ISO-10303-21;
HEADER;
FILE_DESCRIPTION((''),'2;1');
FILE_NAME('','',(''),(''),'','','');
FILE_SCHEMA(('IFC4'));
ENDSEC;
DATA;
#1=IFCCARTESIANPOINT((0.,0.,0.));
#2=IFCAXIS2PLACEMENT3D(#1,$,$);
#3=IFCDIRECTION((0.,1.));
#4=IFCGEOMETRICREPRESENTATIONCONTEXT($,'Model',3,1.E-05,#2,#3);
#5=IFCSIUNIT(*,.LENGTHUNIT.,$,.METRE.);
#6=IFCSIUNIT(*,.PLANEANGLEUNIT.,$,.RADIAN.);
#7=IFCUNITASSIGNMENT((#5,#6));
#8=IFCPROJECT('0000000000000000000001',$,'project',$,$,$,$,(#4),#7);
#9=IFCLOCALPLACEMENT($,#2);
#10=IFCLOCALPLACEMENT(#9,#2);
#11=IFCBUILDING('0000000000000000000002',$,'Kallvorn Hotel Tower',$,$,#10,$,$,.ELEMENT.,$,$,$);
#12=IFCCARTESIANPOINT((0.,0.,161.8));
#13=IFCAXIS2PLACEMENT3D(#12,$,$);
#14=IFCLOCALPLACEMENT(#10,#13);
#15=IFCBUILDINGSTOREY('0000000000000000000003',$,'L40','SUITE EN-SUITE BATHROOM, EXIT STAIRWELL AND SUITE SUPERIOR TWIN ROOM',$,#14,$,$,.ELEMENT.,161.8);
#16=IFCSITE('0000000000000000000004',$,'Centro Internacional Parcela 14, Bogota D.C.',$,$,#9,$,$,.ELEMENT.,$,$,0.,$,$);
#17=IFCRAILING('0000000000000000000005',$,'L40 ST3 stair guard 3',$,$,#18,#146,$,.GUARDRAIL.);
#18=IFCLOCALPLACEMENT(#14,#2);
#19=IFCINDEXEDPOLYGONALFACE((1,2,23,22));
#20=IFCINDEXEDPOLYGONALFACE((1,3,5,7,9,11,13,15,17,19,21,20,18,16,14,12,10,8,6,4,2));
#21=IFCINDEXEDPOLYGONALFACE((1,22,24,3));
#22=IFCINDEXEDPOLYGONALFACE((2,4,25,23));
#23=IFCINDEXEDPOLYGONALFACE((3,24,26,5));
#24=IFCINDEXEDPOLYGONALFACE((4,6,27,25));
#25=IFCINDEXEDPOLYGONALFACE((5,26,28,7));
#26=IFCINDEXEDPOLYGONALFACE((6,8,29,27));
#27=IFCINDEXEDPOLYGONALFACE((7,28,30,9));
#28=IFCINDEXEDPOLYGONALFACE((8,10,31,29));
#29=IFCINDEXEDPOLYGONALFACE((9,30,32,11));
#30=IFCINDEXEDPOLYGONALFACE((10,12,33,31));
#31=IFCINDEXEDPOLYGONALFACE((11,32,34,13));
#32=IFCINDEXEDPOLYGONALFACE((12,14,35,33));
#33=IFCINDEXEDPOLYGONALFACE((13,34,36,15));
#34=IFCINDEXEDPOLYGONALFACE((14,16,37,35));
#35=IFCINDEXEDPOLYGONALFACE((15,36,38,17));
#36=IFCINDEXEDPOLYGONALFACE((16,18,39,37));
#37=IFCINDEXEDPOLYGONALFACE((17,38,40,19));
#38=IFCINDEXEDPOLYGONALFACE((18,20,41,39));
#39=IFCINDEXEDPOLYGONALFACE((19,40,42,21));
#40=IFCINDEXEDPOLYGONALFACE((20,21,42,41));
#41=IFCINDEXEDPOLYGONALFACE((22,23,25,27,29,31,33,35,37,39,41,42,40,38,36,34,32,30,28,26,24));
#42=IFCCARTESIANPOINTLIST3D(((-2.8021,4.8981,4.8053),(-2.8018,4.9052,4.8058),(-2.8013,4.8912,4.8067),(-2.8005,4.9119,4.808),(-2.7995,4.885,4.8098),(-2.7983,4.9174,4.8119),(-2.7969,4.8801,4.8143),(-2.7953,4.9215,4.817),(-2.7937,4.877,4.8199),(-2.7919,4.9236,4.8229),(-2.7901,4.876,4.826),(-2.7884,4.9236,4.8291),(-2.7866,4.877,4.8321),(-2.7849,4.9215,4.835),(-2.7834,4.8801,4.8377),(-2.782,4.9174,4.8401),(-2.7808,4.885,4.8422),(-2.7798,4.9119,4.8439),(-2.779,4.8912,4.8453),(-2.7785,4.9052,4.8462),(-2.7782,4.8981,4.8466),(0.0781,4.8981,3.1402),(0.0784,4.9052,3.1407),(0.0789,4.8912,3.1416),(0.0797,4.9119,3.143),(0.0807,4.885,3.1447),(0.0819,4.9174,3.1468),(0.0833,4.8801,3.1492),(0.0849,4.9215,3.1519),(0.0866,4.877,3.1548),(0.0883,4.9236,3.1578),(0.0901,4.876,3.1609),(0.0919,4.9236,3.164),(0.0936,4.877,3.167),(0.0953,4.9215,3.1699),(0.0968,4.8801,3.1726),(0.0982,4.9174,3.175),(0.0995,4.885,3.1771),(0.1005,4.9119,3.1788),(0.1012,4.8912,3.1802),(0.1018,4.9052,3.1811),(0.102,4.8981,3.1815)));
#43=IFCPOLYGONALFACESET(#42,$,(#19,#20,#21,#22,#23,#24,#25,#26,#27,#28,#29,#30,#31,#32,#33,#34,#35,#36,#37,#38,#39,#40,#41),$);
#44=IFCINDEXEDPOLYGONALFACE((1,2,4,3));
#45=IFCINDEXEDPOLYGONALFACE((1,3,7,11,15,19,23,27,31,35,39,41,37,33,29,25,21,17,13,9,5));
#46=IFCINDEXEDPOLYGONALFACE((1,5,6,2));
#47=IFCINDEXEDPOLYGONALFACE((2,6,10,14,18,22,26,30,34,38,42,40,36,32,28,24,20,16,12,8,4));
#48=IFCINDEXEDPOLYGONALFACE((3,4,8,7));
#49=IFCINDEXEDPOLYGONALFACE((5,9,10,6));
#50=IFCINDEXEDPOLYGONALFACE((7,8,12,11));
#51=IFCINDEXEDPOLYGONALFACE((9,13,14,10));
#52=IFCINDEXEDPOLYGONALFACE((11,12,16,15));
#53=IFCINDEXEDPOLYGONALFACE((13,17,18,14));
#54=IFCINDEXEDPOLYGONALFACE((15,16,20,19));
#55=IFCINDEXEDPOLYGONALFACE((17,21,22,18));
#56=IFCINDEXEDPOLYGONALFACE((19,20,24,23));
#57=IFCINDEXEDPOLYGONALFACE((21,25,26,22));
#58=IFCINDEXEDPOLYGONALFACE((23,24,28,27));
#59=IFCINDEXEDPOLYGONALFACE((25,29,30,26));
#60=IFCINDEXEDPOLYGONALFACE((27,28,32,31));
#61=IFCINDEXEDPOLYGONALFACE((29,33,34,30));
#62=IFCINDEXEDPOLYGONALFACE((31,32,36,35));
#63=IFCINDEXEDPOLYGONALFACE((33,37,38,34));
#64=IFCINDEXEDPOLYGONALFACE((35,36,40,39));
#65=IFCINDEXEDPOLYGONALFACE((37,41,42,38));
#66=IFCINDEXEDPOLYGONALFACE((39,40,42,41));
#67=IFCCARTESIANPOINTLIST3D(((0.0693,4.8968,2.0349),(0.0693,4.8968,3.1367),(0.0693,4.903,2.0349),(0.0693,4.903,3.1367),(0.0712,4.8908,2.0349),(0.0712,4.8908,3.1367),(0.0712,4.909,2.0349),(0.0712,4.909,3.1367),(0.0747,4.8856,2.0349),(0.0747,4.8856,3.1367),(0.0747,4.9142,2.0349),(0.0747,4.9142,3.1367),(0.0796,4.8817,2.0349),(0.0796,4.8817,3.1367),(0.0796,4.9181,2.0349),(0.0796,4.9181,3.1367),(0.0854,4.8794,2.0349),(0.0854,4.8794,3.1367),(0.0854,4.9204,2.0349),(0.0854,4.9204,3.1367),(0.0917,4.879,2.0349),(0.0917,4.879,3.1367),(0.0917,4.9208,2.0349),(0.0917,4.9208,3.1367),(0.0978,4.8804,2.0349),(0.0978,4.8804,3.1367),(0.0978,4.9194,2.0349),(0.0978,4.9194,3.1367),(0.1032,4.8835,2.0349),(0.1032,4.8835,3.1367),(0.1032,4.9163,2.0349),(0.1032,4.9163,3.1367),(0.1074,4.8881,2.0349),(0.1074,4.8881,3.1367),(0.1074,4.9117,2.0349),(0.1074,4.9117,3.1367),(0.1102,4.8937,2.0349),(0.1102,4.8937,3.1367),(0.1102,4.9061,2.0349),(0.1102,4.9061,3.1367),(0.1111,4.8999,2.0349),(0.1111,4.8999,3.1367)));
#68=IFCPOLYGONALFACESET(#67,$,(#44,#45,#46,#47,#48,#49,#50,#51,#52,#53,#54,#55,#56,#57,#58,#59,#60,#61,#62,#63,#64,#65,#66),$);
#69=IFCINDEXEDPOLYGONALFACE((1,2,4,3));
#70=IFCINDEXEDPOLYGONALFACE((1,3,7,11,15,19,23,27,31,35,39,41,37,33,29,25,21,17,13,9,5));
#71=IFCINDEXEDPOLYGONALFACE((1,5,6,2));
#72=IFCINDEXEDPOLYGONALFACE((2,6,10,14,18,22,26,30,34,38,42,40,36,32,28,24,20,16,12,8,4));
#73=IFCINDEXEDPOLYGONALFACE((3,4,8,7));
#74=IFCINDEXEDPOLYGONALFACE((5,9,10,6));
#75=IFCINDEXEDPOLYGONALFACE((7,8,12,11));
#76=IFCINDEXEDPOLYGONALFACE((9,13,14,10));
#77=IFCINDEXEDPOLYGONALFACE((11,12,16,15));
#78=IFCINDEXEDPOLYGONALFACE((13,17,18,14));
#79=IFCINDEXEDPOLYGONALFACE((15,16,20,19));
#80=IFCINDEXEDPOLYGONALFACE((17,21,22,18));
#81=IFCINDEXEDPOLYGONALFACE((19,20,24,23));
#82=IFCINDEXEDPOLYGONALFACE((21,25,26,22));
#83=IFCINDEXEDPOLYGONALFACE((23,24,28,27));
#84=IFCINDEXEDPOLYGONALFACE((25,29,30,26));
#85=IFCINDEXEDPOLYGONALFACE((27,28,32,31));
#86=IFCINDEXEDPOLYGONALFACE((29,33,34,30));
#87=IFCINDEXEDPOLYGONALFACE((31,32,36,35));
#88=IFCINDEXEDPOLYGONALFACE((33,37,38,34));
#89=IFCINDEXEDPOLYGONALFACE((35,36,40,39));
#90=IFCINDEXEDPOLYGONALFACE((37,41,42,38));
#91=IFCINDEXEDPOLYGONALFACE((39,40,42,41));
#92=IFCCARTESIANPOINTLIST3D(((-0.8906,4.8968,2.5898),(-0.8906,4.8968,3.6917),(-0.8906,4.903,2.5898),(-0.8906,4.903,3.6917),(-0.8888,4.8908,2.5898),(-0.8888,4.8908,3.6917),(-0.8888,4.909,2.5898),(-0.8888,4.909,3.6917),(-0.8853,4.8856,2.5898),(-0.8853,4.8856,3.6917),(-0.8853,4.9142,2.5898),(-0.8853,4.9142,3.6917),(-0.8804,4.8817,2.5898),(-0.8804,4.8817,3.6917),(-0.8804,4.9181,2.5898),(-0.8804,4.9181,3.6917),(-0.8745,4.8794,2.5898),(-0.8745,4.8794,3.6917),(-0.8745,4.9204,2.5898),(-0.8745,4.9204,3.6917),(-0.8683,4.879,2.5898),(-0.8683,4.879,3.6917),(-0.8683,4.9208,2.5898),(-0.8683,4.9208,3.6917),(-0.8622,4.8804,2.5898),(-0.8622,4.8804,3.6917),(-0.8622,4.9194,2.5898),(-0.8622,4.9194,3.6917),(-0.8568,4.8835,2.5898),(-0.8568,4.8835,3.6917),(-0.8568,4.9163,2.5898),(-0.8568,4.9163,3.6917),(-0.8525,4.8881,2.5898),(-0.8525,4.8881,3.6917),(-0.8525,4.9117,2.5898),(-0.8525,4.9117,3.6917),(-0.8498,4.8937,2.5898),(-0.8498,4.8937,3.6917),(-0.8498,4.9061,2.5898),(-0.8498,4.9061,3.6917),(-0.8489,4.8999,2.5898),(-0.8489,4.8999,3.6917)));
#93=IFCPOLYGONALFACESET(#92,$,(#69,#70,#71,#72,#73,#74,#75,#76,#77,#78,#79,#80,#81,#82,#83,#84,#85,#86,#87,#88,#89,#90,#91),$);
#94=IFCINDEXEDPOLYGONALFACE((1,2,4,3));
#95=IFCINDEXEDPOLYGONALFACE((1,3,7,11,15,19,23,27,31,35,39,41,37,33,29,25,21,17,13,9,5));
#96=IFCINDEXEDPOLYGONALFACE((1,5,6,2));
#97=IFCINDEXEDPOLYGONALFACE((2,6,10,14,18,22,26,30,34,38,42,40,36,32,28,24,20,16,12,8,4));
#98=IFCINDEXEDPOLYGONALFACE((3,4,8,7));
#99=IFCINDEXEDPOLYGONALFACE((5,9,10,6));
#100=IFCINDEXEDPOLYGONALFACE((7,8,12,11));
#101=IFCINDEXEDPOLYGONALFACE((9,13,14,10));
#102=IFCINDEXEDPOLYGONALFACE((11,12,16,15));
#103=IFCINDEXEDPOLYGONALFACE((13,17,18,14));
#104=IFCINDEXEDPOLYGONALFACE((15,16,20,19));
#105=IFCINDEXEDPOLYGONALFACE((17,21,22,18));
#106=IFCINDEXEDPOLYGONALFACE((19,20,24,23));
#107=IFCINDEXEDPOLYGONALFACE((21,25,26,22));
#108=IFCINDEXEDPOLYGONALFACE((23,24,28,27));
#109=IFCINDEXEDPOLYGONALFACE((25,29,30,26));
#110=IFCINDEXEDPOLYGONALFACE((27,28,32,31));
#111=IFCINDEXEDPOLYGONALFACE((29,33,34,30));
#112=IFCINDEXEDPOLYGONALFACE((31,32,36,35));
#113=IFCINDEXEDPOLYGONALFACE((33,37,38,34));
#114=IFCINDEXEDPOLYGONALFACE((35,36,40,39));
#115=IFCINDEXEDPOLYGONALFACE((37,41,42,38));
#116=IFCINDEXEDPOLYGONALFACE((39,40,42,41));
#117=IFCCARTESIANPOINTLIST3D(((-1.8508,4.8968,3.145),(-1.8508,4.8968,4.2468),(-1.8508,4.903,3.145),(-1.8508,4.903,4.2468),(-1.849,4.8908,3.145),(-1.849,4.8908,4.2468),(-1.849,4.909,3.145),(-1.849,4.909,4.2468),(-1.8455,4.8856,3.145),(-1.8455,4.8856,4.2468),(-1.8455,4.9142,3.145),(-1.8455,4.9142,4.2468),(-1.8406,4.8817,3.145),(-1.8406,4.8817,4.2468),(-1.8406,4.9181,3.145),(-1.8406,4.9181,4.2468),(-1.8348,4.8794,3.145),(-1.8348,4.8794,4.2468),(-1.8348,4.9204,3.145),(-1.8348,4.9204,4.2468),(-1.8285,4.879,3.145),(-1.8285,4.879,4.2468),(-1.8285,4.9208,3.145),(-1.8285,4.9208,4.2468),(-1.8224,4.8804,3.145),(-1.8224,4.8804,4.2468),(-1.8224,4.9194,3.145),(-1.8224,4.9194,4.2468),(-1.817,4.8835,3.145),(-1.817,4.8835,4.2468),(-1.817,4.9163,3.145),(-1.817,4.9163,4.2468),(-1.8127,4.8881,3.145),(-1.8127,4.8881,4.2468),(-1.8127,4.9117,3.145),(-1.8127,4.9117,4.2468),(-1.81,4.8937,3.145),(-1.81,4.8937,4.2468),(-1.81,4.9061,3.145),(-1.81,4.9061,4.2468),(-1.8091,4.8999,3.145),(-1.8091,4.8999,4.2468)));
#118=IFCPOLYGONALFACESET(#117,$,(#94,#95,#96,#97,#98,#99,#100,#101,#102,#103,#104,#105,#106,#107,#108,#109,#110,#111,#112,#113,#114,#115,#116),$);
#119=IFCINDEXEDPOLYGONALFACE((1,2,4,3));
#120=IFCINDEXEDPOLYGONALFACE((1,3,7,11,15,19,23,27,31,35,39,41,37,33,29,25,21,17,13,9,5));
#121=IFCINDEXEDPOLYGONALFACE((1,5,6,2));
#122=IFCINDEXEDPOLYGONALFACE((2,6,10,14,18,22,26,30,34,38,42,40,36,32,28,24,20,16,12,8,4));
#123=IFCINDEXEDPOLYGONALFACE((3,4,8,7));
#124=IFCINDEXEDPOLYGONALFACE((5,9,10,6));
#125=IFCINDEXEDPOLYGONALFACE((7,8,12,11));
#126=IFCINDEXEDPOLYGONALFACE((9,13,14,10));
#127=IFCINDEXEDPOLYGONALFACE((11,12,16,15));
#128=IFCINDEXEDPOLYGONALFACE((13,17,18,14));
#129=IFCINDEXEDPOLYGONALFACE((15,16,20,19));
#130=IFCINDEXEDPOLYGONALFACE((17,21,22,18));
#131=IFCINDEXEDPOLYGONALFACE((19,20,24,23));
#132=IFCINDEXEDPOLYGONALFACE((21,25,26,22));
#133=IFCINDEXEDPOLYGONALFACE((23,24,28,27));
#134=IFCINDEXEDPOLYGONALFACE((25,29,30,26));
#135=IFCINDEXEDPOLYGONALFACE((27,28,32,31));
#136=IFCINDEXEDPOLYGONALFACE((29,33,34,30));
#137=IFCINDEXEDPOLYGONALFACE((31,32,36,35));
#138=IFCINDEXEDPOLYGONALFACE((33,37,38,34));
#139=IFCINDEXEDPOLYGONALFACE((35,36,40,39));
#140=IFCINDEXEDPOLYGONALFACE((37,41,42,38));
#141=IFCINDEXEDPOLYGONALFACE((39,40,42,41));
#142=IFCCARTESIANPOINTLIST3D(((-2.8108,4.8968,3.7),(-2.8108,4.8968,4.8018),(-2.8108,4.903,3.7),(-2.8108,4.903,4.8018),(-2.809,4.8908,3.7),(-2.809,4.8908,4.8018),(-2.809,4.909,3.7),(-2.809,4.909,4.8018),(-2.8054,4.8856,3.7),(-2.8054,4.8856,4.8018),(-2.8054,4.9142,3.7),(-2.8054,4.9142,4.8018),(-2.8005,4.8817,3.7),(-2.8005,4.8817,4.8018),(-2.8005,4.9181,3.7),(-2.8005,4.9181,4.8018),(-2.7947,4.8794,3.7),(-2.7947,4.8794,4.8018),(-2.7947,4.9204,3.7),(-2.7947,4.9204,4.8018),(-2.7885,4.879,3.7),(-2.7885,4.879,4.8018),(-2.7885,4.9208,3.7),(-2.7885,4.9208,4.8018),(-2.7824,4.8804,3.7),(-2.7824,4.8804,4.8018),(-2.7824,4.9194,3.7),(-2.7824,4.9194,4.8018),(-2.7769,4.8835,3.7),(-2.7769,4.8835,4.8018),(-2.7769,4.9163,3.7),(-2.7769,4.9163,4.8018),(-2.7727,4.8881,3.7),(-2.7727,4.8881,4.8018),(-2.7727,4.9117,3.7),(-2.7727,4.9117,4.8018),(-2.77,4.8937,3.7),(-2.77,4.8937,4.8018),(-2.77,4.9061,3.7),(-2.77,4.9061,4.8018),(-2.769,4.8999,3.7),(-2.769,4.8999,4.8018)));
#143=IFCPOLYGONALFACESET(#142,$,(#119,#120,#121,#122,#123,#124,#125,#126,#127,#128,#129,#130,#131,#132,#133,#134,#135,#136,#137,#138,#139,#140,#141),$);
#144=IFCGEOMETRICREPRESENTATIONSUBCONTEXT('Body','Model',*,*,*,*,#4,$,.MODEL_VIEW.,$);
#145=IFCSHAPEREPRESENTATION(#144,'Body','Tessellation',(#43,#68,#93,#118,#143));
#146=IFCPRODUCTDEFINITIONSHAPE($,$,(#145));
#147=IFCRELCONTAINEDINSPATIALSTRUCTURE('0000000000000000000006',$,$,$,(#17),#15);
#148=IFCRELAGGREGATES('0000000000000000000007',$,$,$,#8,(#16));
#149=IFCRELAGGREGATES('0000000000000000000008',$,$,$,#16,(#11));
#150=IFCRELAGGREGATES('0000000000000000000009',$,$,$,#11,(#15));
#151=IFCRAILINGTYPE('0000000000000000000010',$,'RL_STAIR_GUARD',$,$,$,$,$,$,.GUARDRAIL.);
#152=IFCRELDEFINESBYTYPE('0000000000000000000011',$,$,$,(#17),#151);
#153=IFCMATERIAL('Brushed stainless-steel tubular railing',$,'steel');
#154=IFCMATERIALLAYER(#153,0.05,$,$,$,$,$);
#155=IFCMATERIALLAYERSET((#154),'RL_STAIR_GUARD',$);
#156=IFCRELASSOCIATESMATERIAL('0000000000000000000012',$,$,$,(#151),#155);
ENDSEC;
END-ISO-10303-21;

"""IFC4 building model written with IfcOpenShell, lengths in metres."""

from ifc_helpers import new_model, si_unit, direction, frame, origin, origin_2d, place, context, subcontext, project, spatial, circle, extrude, material, layer, layer_set, type_object, element, save


model = new_model("IFC4")

# Units and contexts
model_context = context("Model", 3, precision=1e-05, world=origin(), true_north=direction((0.0, 1.0)))
body_context = subcontext(model_context, "Body", "Model", "MODEL_VIEW")
ifc_project = project(units=[si_unit("LENGTHUNIT", "METRE"), si_unit("PLANEANGLEUNIT", "RADIAN")], contexts=[model_context])

# Site, building, storey
site_placement = place(None, origin())
site = spatial("IfcSite", under=ifc_project, at=site_placement, Name="Centro Internacional Parcela 14, Bogota D.C.", CompositionType="ELEMENT", RefElevation=0.0)
building_placement = place(site_placement, origin())
building = spatial("IfcBuilding", under=site, at=building_placement, Name="Kallvorn Hotel Tower", CompositionType="ELEMENT")
storey_placement = place(building_placement, frame((0.0, 0.0, 161.8)))
storey = spatial("IfcBuildingStorey", under=building, at=storey_placement, Name="L40", Description="SUITE EN-SUITE BATHROOM, EXIT STAIRWELL AND SUITE SUPERIOR TWIN ROOM", CompositionType="ELEMENT", Elevation=161.8)

# Railing
ifc_material_1 = material(Name="Brushed stainless-steel tubular railing", Category="steel")
ifc_layer_1 = layer(ifc_material_1, 0.05)
ifc_layer_set_1 = layer_set([ifc_layer_1], Name="RL_STAIR_GUARD")
railing_type_1 = type_object("IfcRailingType", Name="RL_STAIR_GUARD", PredefinedType="GUARDRAIL", material=ifc_layer_set_1)
railing_1_placement = place(storey_placement, frame((0.0901, 4.8999, 2.0349)))
element("IfcRailing", 1, at=railing_1_placement, inside=storey, type_object=railing_type_1, Name="L40 ST3 stair guard 3", PredefinedType="GUARDRAIL", context=body_context, shape_type="SweptSolid", body=[
    extrude(circle(Radius=0.0239, at=origin_2d()), frame((0.0, 0.0, 1.126), z_axis=(-0.865739, 0.0, 0.500495), x_axis=(0.0, -1.0, 0.0)), (0.0, 0.0, 1.0), 3.3269),
    extrude(circle(Radius=0.021, at=origin_2d()), origin(), (0.0, 0.0, 1.0), 1.1018),
    extrude(circle(Radius=0.021, at=origin_2d()), frame((-0.96, 0.0, 0.5549)), (0.0, 0.0, 1.0), 1.1018),
    extrude(circle(Radius=0.021, at=origin_2d()), frame((-1.9202, 0.0, 1.1101)), (0.0, 0.0, 1.0), 1.1018),
    extrude(circle(Radius=0.021, at=origin_2d()), frame((-2.8801, 0.0, 1.665)), (0.0, 0.0, 1.0), 1.1018),
])

save(model, "model.ifc")
